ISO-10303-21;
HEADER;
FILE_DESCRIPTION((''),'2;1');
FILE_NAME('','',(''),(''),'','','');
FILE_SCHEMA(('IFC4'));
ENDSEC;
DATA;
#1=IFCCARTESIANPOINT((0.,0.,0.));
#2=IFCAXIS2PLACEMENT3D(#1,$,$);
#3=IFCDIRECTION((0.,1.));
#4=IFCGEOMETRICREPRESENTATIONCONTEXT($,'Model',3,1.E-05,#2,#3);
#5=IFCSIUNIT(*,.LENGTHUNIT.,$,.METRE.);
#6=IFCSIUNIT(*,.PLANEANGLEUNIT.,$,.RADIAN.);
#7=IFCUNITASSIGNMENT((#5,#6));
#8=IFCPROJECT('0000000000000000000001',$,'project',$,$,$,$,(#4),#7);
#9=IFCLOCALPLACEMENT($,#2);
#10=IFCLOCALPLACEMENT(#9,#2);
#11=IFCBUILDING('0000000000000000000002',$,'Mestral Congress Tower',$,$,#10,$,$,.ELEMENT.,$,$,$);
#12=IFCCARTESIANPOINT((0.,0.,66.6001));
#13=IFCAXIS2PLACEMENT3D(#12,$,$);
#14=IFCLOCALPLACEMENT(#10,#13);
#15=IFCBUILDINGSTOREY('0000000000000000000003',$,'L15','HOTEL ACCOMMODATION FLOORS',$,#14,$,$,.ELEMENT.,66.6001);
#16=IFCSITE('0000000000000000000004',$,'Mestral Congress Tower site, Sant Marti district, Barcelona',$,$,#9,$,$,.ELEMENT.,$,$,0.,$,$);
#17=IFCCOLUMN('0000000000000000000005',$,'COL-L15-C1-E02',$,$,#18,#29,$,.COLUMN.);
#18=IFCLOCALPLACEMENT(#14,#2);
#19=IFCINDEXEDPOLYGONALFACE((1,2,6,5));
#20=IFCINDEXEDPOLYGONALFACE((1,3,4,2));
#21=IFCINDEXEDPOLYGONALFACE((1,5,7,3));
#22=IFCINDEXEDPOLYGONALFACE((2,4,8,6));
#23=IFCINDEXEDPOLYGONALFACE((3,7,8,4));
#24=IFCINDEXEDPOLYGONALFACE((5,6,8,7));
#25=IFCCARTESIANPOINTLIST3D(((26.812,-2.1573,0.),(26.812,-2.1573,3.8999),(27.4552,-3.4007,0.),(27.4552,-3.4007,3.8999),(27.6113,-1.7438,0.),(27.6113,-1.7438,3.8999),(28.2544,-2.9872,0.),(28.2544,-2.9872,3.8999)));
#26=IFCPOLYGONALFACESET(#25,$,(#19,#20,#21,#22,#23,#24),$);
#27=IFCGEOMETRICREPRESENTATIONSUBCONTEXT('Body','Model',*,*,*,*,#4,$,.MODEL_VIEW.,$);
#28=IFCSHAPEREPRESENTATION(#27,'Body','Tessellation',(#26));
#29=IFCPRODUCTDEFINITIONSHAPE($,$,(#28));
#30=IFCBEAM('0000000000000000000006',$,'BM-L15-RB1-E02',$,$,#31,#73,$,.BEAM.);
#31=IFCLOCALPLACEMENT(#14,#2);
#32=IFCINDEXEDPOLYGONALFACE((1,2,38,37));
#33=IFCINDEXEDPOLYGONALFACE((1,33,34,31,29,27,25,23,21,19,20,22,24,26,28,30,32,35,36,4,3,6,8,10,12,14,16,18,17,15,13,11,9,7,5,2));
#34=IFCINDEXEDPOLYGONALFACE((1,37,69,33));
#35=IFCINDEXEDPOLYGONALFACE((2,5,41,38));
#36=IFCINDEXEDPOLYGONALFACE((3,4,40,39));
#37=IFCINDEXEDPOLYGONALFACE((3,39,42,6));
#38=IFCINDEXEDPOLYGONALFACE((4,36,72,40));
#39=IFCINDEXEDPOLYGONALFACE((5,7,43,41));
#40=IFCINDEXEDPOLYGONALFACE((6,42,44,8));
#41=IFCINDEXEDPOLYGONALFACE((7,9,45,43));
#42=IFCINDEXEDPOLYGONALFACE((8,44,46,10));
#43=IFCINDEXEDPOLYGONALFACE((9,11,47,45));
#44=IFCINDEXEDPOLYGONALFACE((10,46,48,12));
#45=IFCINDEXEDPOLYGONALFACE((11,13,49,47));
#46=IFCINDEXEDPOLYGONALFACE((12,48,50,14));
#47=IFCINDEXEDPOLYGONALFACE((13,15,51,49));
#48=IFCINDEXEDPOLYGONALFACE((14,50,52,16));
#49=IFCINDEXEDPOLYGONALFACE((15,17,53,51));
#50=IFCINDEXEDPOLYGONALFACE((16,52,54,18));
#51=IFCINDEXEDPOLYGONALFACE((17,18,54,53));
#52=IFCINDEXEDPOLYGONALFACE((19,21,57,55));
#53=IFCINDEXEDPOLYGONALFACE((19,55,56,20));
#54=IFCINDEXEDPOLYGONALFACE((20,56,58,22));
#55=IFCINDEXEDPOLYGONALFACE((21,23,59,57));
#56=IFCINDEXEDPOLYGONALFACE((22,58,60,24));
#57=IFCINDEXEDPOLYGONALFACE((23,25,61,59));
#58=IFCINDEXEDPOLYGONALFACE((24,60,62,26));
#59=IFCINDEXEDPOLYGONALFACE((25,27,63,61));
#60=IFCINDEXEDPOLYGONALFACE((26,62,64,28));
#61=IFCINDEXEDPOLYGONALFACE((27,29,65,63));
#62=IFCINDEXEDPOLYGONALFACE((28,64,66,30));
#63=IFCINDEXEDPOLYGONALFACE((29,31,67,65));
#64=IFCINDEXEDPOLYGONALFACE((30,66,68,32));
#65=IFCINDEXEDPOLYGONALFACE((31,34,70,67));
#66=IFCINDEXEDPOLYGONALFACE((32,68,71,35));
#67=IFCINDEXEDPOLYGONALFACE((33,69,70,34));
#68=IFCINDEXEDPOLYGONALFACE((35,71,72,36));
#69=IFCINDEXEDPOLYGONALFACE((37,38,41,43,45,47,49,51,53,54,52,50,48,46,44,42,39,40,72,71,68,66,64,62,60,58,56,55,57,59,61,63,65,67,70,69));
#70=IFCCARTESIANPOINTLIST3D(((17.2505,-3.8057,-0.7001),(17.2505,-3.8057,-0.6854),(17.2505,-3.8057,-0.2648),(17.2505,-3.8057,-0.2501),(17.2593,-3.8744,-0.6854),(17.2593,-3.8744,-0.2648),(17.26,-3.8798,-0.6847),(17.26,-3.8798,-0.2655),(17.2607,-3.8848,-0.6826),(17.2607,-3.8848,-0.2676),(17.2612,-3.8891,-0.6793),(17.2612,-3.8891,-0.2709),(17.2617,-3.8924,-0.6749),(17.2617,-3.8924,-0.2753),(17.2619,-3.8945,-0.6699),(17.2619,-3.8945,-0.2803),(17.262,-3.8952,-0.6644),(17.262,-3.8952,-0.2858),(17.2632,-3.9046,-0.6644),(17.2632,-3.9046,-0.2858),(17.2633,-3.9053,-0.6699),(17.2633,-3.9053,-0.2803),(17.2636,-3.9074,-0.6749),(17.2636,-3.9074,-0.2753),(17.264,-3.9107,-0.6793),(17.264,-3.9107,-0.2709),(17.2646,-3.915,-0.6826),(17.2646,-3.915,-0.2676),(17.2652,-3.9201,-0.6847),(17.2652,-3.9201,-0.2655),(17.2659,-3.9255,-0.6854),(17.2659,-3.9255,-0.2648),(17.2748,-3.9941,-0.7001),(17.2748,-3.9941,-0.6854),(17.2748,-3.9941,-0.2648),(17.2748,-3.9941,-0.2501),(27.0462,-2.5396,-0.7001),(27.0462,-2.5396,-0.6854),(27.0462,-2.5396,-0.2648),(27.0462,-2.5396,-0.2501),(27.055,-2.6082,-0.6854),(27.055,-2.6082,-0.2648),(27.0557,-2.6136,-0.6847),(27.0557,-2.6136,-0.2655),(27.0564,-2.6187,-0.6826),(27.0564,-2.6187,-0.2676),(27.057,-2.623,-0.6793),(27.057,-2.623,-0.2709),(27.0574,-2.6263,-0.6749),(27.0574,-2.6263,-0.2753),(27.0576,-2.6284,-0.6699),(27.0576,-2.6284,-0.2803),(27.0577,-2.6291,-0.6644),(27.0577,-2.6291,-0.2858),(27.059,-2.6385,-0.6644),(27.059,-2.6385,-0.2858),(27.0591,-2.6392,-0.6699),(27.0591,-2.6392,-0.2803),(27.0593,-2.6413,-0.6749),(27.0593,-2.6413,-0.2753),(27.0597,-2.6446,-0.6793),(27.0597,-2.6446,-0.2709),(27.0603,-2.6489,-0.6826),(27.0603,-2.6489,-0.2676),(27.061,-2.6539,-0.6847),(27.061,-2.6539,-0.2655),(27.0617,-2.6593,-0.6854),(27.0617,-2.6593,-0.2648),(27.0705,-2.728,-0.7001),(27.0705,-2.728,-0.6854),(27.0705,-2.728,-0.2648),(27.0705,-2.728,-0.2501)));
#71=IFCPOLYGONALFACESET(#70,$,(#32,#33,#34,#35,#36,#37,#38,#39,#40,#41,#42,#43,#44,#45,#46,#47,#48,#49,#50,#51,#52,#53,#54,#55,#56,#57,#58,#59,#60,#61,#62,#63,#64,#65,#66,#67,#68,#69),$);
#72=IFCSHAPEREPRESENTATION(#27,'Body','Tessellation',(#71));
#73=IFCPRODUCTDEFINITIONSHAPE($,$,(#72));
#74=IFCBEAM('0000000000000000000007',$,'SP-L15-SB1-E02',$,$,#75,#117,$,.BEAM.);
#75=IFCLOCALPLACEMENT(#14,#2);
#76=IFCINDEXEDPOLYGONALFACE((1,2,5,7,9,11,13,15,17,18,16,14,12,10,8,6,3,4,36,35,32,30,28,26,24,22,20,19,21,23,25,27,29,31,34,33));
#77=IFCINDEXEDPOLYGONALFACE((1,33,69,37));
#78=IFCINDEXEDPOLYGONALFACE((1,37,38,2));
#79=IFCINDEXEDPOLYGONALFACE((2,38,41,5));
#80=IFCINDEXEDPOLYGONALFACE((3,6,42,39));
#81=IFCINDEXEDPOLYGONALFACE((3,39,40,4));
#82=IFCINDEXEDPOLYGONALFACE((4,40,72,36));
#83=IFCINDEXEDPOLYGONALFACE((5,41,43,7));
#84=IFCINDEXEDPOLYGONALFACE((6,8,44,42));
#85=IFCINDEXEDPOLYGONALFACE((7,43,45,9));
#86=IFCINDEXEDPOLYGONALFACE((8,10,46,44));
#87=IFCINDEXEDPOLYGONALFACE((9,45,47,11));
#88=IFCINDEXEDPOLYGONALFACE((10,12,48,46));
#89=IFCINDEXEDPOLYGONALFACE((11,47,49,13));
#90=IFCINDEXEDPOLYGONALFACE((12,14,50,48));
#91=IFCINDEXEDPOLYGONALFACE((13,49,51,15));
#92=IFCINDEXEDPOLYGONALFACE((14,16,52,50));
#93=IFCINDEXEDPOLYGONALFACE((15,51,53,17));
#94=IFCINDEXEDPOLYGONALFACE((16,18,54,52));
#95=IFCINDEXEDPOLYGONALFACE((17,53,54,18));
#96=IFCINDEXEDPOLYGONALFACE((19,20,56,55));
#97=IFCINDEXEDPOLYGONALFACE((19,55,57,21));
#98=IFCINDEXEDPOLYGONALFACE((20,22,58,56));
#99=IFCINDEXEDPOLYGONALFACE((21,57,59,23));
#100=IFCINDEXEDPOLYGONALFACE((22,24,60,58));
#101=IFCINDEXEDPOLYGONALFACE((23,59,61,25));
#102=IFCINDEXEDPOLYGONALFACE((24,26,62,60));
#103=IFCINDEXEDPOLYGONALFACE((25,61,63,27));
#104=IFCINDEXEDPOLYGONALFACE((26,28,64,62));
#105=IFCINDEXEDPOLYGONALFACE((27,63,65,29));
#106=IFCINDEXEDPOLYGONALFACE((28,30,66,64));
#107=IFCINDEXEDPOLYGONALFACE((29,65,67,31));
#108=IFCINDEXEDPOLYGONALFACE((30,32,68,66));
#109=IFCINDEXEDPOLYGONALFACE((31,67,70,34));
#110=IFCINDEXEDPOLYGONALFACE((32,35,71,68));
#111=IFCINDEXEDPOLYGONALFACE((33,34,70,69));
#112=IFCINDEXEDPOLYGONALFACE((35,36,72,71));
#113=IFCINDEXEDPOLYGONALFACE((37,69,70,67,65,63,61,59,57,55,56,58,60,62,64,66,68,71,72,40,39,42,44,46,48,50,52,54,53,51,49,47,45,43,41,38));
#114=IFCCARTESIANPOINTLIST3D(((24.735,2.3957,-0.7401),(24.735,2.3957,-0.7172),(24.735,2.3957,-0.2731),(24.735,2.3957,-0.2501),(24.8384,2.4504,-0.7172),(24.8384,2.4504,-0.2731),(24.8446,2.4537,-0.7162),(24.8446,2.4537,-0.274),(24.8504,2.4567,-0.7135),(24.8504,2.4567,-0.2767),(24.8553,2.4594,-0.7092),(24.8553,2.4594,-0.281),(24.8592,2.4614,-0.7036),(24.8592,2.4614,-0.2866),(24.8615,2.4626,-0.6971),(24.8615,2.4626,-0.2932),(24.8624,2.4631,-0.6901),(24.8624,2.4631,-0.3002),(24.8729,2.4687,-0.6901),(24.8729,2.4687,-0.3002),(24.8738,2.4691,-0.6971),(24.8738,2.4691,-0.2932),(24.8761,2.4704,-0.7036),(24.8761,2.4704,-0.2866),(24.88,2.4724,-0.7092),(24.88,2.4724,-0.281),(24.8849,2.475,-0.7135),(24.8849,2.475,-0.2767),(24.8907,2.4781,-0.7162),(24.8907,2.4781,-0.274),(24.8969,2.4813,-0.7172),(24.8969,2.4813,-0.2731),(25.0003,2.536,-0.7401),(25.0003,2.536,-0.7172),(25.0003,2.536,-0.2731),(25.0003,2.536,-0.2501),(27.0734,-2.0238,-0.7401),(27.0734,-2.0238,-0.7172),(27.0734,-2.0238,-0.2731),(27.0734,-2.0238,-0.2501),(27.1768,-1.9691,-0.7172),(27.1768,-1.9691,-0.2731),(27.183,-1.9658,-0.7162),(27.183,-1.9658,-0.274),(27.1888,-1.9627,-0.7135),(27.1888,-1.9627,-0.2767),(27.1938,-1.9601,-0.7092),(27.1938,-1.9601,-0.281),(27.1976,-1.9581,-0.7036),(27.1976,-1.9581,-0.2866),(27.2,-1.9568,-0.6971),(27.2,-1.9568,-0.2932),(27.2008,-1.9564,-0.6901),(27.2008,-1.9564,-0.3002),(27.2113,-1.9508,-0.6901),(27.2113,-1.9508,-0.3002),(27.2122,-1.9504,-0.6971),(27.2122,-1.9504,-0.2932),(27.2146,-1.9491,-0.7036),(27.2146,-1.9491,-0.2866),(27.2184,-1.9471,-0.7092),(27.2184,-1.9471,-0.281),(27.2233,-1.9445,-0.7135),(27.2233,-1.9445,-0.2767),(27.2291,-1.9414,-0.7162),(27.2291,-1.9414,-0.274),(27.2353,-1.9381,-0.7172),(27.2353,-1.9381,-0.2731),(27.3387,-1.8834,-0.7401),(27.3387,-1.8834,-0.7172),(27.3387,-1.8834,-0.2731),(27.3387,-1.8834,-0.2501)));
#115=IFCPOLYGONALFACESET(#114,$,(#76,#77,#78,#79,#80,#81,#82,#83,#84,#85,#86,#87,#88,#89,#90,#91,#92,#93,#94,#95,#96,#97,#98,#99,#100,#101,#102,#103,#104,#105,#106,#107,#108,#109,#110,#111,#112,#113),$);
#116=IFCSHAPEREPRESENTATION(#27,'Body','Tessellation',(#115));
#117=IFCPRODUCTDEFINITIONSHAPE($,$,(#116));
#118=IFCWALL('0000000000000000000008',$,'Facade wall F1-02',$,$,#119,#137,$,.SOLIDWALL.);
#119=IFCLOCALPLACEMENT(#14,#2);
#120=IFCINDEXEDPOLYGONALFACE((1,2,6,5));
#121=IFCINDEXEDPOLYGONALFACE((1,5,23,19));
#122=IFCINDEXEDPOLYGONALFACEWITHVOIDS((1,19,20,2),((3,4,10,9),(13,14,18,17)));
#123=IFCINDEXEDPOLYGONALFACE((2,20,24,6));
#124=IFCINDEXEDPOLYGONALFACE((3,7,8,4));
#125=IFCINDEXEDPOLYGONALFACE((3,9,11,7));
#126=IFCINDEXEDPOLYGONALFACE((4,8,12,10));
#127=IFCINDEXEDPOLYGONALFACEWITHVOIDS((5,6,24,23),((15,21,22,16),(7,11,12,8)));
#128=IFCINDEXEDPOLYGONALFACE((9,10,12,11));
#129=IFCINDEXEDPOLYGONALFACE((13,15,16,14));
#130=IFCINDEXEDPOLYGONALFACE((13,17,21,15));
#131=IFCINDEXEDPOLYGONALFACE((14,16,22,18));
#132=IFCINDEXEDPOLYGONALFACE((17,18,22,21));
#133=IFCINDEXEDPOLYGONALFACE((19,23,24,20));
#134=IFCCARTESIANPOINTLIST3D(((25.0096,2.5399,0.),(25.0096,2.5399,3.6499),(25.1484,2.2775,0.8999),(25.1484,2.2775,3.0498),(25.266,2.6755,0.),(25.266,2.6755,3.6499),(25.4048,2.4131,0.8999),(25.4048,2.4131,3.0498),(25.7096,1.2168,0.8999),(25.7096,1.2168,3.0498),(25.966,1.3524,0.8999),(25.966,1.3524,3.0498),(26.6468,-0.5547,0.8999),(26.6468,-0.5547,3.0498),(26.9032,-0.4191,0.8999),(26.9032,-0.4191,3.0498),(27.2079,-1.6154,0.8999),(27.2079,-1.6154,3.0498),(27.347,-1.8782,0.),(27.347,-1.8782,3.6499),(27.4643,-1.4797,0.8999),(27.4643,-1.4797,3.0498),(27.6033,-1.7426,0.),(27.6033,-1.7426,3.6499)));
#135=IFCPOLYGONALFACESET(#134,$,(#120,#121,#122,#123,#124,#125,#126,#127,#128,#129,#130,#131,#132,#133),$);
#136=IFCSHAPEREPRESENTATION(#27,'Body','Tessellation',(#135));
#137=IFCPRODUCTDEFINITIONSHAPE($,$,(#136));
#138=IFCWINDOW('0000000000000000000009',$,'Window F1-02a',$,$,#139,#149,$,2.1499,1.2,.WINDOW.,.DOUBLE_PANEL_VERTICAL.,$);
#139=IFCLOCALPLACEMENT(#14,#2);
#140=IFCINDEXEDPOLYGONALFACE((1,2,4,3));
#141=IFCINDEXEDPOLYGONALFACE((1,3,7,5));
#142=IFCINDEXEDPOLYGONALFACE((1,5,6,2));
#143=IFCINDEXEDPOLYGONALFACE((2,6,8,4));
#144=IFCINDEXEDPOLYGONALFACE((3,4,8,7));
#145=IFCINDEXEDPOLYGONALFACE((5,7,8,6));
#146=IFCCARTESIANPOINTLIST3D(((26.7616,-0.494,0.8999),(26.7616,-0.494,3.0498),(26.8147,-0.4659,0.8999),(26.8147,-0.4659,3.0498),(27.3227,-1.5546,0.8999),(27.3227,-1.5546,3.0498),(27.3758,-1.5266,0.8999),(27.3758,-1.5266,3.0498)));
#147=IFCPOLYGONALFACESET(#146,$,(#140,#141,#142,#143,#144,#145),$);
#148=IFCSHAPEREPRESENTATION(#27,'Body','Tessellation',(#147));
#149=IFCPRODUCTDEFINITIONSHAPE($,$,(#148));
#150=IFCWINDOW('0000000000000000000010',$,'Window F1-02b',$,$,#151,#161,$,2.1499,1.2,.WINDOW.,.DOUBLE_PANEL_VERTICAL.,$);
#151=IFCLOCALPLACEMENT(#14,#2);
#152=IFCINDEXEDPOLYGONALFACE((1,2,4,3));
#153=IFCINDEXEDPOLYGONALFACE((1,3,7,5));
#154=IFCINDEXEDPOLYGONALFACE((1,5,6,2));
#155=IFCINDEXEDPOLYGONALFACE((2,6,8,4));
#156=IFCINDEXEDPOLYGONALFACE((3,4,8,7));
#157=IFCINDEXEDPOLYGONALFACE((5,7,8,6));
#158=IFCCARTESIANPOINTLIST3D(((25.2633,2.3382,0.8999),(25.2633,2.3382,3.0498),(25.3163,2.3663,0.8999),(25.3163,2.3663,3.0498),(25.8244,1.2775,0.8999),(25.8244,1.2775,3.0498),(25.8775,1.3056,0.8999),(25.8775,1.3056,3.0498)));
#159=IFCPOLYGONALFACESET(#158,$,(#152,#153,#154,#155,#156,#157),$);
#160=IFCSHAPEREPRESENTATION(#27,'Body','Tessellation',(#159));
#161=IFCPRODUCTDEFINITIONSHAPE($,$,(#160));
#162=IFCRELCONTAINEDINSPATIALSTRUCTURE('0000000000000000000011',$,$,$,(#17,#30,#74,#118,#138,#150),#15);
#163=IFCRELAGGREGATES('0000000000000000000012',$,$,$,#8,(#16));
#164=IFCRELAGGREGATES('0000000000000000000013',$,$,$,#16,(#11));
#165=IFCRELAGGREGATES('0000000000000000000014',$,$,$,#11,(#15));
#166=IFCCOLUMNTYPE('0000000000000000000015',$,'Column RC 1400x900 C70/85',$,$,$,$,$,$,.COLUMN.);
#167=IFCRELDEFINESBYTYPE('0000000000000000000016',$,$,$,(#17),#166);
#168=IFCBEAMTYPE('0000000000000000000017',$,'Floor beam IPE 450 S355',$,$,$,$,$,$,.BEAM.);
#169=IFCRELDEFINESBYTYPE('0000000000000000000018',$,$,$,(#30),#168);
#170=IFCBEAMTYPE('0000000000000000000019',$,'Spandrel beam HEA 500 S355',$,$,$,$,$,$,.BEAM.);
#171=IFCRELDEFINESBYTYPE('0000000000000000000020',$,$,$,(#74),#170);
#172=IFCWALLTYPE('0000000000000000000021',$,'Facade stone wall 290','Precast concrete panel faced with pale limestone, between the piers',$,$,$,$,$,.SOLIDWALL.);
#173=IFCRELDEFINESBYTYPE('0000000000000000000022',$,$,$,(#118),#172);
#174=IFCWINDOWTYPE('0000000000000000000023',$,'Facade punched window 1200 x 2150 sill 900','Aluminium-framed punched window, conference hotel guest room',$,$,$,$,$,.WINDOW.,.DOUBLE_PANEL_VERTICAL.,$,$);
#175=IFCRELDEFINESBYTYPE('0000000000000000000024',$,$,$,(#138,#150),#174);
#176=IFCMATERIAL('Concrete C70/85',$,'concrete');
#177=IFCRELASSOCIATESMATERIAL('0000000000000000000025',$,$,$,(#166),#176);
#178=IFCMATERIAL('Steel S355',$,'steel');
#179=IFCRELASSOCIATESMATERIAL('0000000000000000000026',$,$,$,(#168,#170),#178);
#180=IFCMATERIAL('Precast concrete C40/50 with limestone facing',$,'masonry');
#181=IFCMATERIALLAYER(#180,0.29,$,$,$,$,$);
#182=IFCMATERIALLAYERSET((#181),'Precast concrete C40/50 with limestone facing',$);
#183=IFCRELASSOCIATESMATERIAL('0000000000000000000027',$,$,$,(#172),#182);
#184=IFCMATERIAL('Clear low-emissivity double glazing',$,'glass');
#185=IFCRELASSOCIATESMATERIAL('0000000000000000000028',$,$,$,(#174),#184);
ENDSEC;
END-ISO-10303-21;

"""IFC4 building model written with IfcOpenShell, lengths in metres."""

from ifc_helpers import new_model, si_unit, direction, frame, frame_2d, origin, origin_2d, place, context, subcontext, project, spatial, rectangle, i_section, extrude, material, layer, layer_set, material_profile, profile_set, type_object, element, fill, save


model = new_model("IFC4")

# Units and contexts
model_context = context("Model", 3, precision=1e-05, world=origin(), true_north=direction((0.0, 1.0)))
body_context = subcontext(model_context, "Body", "Model", "MODEL_VIEW")
ifc_project = project(units=[si_unit("LENGTHUNIT", "METRE"), si_unit("PLANEANGLEUNIT", "RADIAN")], contexts=[model_context])

# Site, building, storey
site_placement = place(None, origin())
site = spatial("IfcSite", under=ifc_project, at=site_placement, Name="Mestral Congress Tower site, Sant Marti district, Barcelona", CompositionType="ELEMENT", RefElevation=0.0)
building_placement = place(site_placement, origin())
building = spatial("IfcBuilding", under=site, at=building_placement, Name="Mestral Congress Tower", CompositionType="ELEMENT")
storey_placement = place(building_placement, frame((0.0, 0.0, 66.6001)))
storey = spatial("IfcBuildingStorey", under=building, at=storey_placement, Name="L15", Description="HOTEL ACCOMMODATION FLOORS", CompositionType="ELEMENT", Elevation=66.6001)

# Column
ifc_material_1 = material(Name="Concrete C70/85", Category="concrete")
ifc_material_profile_1 = material_profile(ifc_material_1, rectangle(XDim=1.3999, YDim=0.8999, at=origin_2d()), Name="RC 1400x900")
ifc_profile_set_1 = profile_set([ifc_material_profile_1], Name="Concrete C70/85")
column_type = type_object("IfcColumnType", Name="Column RC 1400x900 C70/85", PredefinedType="COLUMN", material=ifc_profile_set_1)
column_placement = place(storey_placement, frame((27.5332, -2.5723, 0.0), z_axis=(0.0, 0.0, 1.0), x_axis=(-0.459456, 0.888201, 0.0)))
element("IfcColumn", 1, at=column_placement, inside=storey, type_object=column_type, Name="COL-L15-C1-E02", PredefinedType="COLUMN", context=body_context, shape_type="SweptSolid", body=[
    extrude(rectangle(XDim=1.3999, YDim=0.8999, at=origin_2d()), origin(), (0.0, 0.0, 1.0), 3.8999),
])

# Beams
ifc_material_2 = material(Name="Steel S355", Category="steel")
ifc_material_profile_2 = material_profile(ifc_material_2, i_section(OverallWidth=0.1899, OverallDepth=0.45, WebThickness=0.0095, FlangeThickness=0.0146, FilletRadius=0.021, at=origin_2d()), Name="IPE 450")
ifc_profile_set_2 = profile_set([ifc_material_profile_2], Name="Steel S355")
beam_type_1 = type_object("IfcBeamType", Name="Floor beam IPE 450 S355", PredefinedType="BEAM", material=ifc_profile_set_2)
beam_1_placement = place(storey_placement, frame((27.0583, -2.6338, -0.4751), z_axis=(-0.99175, -0.128186, 0.0), x_axis=(0.128186, -0.99175, 0.0)))
element("IfcBeam", 2, at=beam_1_placement, inside=storey, type_object=beam_type_1, Name="BM-L15-RB1-E02", PredefinedType="BEAM", context=body_context, shape_type="SweptSolid", body=[
    extrude(i_section(OverallWidth=0.1899, OverallDepth=0.45, WebThickness=0.0095, FlangeThickness=0.0146, FilletRadius=0.021, at=origin_2d()), origin(), (0.0, 0.0, 1.0), 9.8772),
])
ifc_material_profile_3 = material_profile(ifc_material_2, i_section(OverallWidth=0.3, OverallDepth=0.49, WebThickness=0.012, FlangeThickness=0.0229, FilletRadius=0.0271, at=origin_2d()), Name="HEA 500")
ifc_profile_set_3 = profile_set([ifc_material_profile_3], Name="Steel S355")
beam_type_2 = type_object("IfcBeamType", Name="Spandrel beam HEA 500 S355", PredefinedType="BEAM", material=ifc_profile_set_3)
beam_2_placement = place(storey_placement, frame((27.2061, -1.9536, -0.4951), z_axis=(-0.467681, 0.883897, 0.0), x_axis=(-0.883897, -0.467681, 0.0)))
element("IfcBeam", 3, at=beam_2_placement, inside=storey, type_object=beam_type_2, Name="SP-L15-SB1-E02", PredefinedType="BEAM", context=body_context, shape_type="SweptSolid", body=[
    extrude(i_section(OverallWidth=0.3, OverallDepth=0.49, WebThickness=0.012, FlangeThickness=0.0229, FilletRadius=0.0271, at=origin_2d()), origin(), (0.0, 0.0, 1.0), 5.0),
])

# Wall, openings, windows
ifc_material_3 = material(Name="Precast concrete C40/50 with limestone facing", Category="masonry")
ifc_layer_1 = layer(ifc_material_3, 0.29)
ifc_layer_set_1 = layer_set([ifc_layer_1], Name="Precast concrete C40/50 with limestone facing")
wall_type_1 = type_object("IfcWallType", Name="Facade stone wall 290", Description="Precast concrete panel faced with pale limestone, between the piers", PredefinedType="SOLIDWALL", material=ifc_layer_set_1)
wall_1_placement = place(storey_placement, frame((27.4751, -1.8103, 0.0), z_axis=(0.0, 0.0, 1.0), x_axis=(-0.46763, 0.883925, 0.0)))
wall_1 = element("IfcWall", 4, at=wall_1_placement, inside=storey, type_object=wall_type_1, Name="Facade wall F1-02", PredefinedType="SOLIDWALL", context=body_context, shape_type="SweptSolid", body=[
    extrude(rectangle(XDim=4.9983, YDim=0.29, at=frame_2d((2.499, 0.0))), origin(), (0.0, 0.0, 1.0), 3.6499),
])
opening_1_placement = place(wall_1_placement, frame((0.2971, 0.0, 0.8999)))
opening_1 = element("IfcOpeningElement", 5, at=opening_1_placement, cuts=wall_1, PredefinedType="OPENING", context=body_context, shape_type="SweptSolid", body=[
    extrude(rectangle(XDim=1.2, YDim=2.1499, at=frame_2d((0.6001, 1.075))), frame((0.0, 0.155, 0.0), z_axis=(0.0, -1.0, 0.0), x_axis=(1.0, 0.0, 0.0)), (0.0, 0.0, 1.0), 0.3101),
])
opening_2_placement = place(wall_1_placement, frame((3.5012, 0.0, 0.8999)))
opening_2 = element("IfcOpeningElement", 6, at=opening_2_placement, cuts=wall_1, PredefinedType="OPENING", context=body_context, shape_type="SweptSolid", body=[
    extrude(rectangle(XDim=1.2, YDim=2.1499, at=frame_2d((0.6001, 1.075))), frame((0.0, 0.155, 0.0), z_axis=(0.0, -1.0, 0.0), x_axis=(1.0, 0.0, 0.0)), (0.0, 0.0, 1.0), 0.3101),
])
ifc_material_4 = material(Name="Clear low-emissivity double glazing", Category="glass")
window_type = type_object("IfcWindowType", Name="Facade punched window 1200 x 2150 sill 900", Description="Aluminium-framed punched window, conference hotel guest room", PartitioningType="DOUBLE_PANEL_VERTICAL", PredefinedType="WINDOW", material=ifc_material_4)
window_1_placement = place(opening_1_placement, origin())
window_1 = element("IfcWindow", 7, at=window_1_placement, inside=storey, type_object=window_type, Name="Window F1-02a", OverallHeight=2.1499, OverallWidth=1.2, PartitioningType="DOUBLE_PANEL_VERTICAL", PredefinedType="WINDOW", context=body_context, shape_type="SweptSolid", body=[
    extrude(rectangle(XDim=1.2, YDim=2.1499, at=frame_2d((0.6001, 1.075))), frame((0.0, 0.0151, 0.0), z_axis=(0.0, -1.0, 0.0), x_axis=(1.0, 0.0, 0.0)), (0.0, 0.0, 1.0), 0.0601),
])
fill(opening_1, window_1)
window_2_placement = place(opening_2_placement, origin())
window_2 = element("IfcWindow", 8, at=window_2_placement, inside=storey, type_object=window_type, Name="Window F1-02b", OverallHeight=2.1499, OverallWidth=1.2, PartitioningType="DOUBLE_PANEL_VERTICAL", PredefinedType="WINDOW", context=body_context, shape_type="SweptSolid", body=[
    extrude(rectangle(XDim=1.2, YDim=2.1499, at=frame_2d((0.6001, 1.075))), frame((0.0, 0.0151, 0.0), z_axis=(0.0, -1.0, 0.0), x_axis=(1.0, 0.0, 0.0)), (0.0, 0.0, 1.0), 0.0601),
])
fill(opening_2, window_2)

save(model, "model.ifc")
